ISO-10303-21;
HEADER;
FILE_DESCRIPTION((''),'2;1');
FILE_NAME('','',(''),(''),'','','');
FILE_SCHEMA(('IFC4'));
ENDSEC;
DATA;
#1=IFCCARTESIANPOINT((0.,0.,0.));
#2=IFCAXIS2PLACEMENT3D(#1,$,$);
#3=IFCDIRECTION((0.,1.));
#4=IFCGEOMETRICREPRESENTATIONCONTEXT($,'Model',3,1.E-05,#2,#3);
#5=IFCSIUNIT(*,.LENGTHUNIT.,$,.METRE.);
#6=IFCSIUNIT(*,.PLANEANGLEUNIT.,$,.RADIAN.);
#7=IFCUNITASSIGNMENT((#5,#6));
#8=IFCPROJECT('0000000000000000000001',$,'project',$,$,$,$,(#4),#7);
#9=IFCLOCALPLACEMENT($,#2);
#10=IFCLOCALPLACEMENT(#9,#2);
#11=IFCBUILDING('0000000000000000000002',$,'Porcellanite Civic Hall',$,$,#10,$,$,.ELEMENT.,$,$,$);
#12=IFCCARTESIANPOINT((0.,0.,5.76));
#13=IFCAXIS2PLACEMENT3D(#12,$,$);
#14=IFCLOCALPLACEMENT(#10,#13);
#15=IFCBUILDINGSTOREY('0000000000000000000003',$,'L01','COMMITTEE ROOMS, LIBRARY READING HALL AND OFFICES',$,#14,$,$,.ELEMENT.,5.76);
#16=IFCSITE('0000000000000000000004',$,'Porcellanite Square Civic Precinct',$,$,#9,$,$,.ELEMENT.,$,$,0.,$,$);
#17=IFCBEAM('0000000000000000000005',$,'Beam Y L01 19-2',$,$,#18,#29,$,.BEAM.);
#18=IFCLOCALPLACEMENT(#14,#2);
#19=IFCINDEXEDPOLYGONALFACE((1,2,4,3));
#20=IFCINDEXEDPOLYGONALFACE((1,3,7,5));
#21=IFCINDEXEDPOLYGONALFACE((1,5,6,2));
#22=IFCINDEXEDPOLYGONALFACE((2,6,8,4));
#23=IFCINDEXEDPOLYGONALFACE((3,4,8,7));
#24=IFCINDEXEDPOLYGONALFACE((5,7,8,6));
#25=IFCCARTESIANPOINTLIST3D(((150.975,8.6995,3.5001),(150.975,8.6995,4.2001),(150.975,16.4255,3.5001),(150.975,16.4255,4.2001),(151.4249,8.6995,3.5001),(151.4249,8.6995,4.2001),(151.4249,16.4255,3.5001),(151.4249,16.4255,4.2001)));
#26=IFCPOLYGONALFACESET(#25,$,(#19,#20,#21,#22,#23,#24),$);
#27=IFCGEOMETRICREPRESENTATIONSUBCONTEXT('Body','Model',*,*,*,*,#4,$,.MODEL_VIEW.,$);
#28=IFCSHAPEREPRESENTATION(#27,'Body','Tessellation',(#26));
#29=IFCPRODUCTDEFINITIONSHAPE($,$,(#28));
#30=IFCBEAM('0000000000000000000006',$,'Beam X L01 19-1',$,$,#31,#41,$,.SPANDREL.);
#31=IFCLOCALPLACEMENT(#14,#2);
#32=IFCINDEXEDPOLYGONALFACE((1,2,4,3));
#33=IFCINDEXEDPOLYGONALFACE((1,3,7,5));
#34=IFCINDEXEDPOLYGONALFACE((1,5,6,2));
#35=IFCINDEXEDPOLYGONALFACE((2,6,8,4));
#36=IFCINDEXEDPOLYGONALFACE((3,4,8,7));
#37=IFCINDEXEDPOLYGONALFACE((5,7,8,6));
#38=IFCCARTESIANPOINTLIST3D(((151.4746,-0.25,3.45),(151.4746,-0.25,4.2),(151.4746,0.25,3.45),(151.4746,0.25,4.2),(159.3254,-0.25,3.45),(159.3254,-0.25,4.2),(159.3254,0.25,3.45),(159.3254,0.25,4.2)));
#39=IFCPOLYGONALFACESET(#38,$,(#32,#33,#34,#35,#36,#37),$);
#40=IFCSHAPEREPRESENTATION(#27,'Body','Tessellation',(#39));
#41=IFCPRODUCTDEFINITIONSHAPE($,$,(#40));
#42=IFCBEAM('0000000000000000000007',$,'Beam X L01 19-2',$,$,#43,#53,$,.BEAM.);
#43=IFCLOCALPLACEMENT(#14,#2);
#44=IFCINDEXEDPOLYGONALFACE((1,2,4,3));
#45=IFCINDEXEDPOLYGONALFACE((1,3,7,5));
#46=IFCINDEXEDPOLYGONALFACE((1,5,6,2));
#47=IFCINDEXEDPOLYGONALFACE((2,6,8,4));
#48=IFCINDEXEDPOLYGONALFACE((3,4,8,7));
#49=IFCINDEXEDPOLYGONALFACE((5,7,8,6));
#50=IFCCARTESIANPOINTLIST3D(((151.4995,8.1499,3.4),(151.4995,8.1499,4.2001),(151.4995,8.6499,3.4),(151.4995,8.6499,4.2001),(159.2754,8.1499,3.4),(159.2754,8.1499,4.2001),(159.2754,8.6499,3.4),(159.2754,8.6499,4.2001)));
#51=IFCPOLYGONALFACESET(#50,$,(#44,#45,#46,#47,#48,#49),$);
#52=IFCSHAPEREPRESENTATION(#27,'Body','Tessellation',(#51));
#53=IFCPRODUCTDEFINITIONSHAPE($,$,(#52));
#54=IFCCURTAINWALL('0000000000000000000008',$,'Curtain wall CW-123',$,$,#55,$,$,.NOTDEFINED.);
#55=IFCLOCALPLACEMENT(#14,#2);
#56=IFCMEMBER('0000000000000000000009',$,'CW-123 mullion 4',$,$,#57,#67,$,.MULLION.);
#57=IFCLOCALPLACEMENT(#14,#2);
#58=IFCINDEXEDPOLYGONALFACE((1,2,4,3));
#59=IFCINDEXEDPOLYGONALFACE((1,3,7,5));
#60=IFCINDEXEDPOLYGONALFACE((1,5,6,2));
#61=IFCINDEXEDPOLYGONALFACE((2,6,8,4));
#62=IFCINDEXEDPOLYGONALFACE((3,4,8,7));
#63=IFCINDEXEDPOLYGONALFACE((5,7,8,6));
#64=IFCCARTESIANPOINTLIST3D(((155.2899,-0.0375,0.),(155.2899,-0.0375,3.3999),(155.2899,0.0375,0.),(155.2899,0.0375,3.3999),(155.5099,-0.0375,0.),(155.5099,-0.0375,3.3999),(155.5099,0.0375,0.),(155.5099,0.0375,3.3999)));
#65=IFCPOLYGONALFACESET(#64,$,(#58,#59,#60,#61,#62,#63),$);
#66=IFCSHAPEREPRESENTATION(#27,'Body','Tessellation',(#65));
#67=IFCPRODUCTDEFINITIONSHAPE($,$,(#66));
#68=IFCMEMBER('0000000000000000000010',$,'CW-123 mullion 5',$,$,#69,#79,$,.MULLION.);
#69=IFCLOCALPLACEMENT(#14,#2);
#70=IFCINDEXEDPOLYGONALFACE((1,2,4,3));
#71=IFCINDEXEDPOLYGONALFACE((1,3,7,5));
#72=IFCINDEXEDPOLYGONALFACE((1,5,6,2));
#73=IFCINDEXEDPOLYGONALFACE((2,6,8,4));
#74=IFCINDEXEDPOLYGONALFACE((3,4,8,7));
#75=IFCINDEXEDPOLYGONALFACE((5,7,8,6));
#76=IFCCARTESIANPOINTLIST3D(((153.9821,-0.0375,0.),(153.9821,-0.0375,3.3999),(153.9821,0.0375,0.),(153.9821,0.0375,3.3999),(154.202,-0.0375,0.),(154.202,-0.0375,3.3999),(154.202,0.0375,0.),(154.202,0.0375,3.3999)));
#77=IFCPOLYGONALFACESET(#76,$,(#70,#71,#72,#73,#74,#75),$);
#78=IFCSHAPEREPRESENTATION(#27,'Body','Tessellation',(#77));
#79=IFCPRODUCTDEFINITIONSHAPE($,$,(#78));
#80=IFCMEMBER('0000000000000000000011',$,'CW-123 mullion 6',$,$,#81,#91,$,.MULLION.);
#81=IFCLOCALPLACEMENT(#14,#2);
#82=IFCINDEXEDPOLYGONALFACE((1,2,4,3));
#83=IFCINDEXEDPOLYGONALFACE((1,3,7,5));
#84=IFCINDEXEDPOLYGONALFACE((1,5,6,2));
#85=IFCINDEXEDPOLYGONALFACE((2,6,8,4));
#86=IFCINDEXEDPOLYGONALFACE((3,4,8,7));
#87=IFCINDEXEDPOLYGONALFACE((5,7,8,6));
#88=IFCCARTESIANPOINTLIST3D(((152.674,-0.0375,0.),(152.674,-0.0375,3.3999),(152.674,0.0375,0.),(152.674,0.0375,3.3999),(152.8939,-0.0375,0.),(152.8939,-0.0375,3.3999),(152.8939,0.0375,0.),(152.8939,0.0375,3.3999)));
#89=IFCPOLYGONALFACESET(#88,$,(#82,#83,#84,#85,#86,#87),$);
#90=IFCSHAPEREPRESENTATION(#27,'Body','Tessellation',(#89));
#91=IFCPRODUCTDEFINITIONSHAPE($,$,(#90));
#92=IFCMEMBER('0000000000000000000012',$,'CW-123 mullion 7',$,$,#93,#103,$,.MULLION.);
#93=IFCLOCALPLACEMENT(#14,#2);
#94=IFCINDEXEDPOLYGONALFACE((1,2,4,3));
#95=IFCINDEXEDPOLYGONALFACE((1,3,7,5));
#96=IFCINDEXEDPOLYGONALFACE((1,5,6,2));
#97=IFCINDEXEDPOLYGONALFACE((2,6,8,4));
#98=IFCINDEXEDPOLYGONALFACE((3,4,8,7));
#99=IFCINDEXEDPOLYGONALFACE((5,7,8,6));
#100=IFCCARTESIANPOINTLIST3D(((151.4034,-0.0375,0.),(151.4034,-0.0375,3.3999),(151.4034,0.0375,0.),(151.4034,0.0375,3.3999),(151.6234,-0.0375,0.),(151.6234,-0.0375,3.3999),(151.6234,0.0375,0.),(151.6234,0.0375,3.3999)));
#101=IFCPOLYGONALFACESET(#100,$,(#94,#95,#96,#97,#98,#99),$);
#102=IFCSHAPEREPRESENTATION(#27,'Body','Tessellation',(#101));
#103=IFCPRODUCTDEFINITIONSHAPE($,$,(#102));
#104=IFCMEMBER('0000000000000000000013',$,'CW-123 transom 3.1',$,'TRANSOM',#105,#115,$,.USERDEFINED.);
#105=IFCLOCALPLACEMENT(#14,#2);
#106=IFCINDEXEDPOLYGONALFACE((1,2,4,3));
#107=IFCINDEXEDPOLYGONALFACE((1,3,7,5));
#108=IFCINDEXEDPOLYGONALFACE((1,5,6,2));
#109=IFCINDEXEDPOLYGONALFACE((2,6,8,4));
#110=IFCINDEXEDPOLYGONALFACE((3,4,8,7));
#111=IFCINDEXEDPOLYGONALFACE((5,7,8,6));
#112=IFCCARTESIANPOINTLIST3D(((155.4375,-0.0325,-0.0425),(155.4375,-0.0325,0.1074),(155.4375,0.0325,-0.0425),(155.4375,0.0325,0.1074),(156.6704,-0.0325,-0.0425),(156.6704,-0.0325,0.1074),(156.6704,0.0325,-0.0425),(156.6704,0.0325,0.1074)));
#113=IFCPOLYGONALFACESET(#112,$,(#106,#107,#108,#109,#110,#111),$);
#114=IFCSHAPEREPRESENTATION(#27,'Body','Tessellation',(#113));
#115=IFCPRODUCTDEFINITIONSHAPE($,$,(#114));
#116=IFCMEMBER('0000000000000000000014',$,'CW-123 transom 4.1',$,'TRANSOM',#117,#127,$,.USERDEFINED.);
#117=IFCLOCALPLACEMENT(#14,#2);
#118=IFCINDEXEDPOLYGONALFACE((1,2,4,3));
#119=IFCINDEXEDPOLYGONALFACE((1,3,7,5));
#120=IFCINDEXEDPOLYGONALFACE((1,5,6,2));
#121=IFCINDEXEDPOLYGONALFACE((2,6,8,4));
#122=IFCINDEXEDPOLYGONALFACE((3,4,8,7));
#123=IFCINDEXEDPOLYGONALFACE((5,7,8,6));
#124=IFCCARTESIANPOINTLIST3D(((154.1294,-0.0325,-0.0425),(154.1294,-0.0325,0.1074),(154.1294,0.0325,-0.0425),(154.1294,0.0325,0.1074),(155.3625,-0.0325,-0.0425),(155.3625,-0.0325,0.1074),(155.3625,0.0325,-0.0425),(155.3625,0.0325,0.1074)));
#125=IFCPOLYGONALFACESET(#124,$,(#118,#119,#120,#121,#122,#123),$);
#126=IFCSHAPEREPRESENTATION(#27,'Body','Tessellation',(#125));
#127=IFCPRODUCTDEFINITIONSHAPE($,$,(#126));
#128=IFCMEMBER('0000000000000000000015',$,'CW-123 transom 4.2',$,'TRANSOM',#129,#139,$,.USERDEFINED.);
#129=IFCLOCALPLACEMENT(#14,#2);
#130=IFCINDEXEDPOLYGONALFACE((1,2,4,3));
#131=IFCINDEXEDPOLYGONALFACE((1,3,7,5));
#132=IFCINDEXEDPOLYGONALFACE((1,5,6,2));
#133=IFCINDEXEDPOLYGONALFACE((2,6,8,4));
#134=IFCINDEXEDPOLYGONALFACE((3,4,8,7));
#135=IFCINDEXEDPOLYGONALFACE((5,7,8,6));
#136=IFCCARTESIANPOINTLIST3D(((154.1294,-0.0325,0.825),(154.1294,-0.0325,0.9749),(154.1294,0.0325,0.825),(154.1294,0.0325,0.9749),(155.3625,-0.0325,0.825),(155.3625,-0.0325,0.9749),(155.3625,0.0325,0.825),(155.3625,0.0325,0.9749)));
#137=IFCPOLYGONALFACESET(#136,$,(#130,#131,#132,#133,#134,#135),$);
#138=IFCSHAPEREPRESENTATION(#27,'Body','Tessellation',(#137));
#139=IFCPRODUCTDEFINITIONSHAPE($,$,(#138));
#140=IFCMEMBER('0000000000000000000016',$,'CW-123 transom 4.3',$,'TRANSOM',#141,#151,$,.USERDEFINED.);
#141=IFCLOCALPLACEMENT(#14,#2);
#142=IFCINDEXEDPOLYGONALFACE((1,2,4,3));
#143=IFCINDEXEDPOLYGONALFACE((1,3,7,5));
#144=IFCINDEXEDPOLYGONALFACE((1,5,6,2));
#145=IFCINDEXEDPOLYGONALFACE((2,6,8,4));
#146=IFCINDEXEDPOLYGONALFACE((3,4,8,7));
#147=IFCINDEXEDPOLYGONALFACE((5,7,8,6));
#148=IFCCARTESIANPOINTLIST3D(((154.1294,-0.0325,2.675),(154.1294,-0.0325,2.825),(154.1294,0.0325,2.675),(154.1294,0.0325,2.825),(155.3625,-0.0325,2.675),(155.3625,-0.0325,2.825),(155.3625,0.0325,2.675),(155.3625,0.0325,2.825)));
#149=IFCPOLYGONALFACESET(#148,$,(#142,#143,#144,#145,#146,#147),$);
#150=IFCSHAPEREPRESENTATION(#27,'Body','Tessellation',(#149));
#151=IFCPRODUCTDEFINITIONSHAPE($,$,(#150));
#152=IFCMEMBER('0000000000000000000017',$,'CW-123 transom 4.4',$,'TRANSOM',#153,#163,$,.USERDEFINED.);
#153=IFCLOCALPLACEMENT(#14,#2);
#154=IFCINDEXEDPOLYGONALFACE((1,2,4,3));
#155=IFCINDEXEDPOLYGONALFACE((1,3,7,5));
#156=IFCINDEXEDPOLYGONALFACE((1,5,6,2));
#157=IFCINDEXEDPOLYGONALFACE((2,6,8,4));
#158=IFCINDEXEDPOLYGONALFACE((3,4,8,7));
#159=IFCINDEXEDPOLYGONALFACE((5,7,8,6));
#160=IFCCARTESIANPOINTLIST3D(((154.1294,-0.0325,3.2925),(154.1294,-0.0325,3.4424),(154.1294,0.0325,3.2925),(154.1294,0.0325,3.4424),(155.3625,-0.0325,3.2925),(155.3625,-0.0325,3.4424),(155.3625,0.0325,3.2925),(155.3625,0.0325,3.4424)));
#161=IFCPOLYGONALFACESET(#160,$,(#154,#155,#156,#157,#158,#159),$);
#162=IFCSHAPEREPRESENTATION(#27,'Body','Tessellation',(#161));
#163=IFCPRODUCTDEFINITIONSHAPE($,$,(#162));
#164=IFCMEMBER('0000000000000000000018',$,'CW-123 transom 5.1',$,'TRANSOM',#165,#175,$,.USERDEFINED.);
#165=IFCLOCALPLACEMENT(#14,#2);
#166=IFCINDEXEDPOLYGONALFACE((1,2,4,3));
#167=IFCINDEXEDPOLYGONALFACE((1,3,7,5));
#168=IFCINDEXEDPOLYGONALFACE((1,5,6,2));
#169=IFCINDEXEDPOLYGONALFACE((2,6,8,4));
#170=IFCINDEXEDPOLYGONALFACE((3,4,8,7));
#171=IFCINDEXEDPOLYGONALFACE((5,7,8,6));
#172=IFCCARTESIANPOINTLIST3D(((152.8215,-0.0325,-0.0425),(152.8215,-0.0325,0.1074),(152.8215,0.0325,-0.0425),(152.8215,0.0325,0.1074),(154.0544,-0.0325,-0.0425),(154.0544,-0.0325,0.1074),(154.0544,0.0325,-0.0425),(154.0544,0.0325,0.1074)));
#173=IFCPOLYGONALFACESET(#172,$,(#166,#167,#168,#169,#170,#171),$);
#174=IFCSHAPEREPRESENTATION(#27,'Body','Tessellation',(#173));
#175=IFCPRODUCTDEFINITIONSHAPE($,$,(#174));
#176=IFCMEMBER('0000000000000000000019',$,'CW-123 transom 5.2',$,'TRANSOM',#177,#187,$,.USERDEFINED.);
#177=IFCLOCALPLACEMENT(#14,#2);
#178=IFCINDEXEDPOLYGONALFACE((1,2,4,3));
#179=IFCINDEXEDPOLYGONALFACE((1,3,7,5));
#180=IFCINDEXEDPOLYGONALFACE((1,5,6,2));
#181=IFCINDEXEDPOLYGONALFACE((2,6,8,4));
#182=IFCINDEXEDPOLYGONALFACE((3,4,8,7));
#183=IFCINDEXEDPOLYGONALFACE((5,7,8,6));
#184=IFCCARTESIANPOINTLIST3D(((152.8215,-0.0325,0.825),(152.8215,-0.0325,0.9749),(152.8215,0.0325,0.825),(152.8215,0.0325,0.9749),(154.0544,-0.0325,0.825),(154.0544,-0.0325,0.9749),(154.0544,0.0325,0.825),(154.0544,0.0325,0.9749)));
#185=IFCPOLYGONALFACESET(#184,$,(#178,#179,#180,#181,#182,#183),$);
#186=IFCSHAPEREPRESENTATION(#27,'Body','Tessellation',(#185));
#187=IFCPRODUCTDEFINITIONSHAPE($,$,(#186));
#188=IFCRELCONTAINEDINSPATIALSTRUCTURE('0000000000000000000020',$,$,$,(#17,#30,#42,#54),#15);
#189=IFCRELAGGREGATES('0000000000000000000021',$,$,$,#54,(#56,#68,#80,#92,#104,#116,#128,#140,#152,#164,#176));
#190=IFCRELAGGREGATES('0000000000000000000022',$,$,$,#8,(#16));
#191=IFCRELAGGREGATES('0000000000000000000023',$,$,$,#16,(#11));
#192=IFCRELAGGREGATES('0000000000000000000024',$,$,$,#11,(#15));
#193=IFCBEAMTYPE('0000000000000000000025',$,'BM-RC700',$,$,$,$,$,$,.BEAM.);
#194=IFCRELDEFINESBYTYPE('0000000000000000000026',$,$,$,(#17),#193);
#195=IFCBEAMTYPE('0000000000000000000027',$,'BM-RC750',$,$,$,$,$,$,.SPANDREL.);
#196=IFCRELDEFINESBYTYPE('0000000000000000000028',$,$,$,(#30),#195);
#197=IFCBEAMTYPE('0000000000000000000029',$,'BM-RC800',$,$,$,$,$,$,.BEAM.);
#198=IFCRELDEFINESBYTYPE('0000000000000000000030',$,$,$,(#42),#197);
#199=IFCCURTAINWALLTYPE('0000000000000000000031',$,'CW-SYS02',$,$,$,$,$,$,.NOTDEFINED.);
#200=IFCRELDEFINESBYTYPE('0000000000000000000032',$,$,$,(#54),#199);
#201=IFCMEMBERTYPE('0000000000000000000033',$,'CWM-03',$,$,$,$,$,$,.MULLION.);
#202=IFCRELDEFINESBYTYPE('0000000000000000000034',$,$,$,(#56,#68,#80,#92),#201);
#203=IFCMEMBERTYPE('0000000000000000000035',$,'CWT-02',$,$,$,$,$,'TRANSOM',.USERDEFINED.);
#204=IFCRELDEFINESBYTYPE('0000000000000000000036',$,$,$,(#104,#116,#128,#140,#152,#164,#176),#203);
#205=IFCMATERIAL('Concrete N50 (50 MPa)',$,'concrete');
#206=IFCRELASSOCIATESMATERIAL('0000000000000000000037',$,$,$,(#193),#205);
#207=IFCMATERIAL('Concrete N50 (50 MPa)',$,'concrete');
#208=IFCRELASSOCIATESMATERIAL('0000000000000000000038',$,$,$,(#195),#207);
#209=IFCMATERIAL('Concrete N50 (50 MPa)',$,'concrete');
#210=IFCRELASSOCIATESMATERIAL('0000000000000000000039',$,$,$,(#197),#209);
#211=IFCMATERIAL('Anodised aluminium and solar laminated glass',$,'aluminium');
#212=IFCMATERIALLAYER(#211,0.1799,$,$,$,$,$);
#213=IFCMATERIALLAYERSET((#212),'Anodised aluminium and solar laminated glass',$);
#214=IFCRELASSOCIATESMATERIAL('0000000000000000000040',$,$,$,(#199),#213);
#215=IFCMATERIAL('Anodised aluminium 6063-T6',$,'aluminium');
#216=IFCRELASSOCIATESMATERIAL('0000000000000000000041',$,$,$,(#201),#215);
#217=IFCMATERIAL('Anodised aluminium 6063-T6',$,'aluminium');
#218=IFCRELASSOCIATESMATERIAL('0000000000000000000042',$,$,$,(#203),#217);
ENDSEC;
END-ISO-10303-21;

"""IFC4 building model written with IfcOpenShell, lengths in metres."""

from ifc_helpers import new_model, si_unit, direction, frame, origin, origin_2d, place, context, subcontext, project, spatial, rectangle, extrude, material, layer, layer_set, material_profile, profile_set, type_object, element, aggregate, save


model = new_model("IFC4")

# Units and contexts
model_context = context("Model", 3, precision=1e-05, world=origin(), true_north=direction((0.0, 1.0)))
body_context = subcontext(model_context, "Body", "Model", "MODEL_VIEW")
ifc_project = project(units=[si_unit("LENGTHUNIT", "METRE"), si_unit("PLANEANGLEUNIT", "RADIAN")], contexts=[model_context])

# Site, building, storey
site_placement = place(None, origin())
site = spatial("IfcSite", under=ifc_project, at=site_placement, Name="Porcellanite Square Civic Precinct", CompositionType="ELEMENT", RefElevation=0.0)
building_placement = place(site_placement, origin())
building = spatial("IfcBuilding", under=site, at=building_placement, Name="Porcellanite Civic Hall", CompositionType="ELEMENT")
storey_placement = place(building_placement, frame((0.0, 0.0, 5.76)))
storey = spatial("IfcBuildingStorey", under=building, at=storey_placement, Name="L01", Description="COMMITTEE ROOMS, LIBRARY READING HALL AND OFFICES", CompositionType="ELEMENT", Elevation=5.76)

# Beams
ifc_material_1 = material(Name="Concrete N50 (50 MPa)", Category="concrete")
ifc_material_profile_1 = material_profile(ifc_material_1, rectangle(XDim=0.45, YDim=0.7, at=origin_2d()), Name="RC-450x700")
ifc_profile_set_1 = profile_set([ifc_material_profile_1], Name="Concrete N50 (50 MPa)")
beam_type_1 = type_object("IfcBeamType", Name="BM-RC700", PredefinedType="BEAM", material=ifc_profile_set_1)
beam_1_placement = place(storey_placement, frame((151.2, 8.6995, 3.8501), z_axis=(0.0, 1.0, 0.0), x_axis=(-1.0, 0.0, 0.0)))
element("IfcBeam", 1, at=beam_1_placement, inside=storey, type_object=beam_type_1, Name="Beam Y L01 19-2", PredefinedType="BEAM", context=body_context, shape_type="SweptSolid", body=[
    extrude(rectangle(XDim=0.45, YDim=0.7, at=origin_2d()), origin(), (0.0, 0.0, 1.0), 7.7261),
])
ifc_material_2 = material(Name="Concrete N50 (50 MPa)", Category="concrete")
ifc_material_profile_2 = material_profile(ifc_material_2, rectangle(XDim=0.5, YDim=0.75, at=origin_2d()), Name="RC-500x750")
ifc_profile_set_2 = profile_set([ifc_material_profile_2], Name="Concrete N50 (50 MPa)")
beam_type_2 = type_object("IfcBeamType", Name="BM-RC750", PredefinedType="SPANDREL", material=ifc_profile_set_2)
beam_2_placement = place(storey_placement, frame((151.4746, 0.0, 3.825), z_axis=(1.0, 0.0, 0.0), x_axis=(0.0, 1.0, 0.0)))
element("IfcBeam", 2, at=beam_2_placement, inside=storey, type_object=beam_type_2, Name="Beam X L01 19-1", PredefinedType="SPANDREL", context=body_context, shape_type="SweptSolid", body=[
    extrude(rectangle(XDim=0.5, YDim=0.75, at=origin_2d()), origin(), (0.0, 0.0, 1.0), 7.8508),
])
ifc_material_3 = material(Name="Concrete N50 (50 MPa)", Category="concrete")
ifc_material_profile_3 = material_profile(ifc_material_3, rectangle(XDim=0.5, YDim=0.8, at=origin_2d()), Name="RC-500x800")
ifc_profile_set_3 = profile_set([ifc_material_profile_3], Name="Concrete N50 (50 MPa)")
beam_type_3 = type_object("IfcBeamType", Name="BM-RC800", PredefinedType="BEAM", material=ifc_profile_set_3)
beam_3_placement = place(storey_placement, frame((151.4995, 8.3999, 3.8), z_axis=(1.0, 0.0, 0.0), x_axis=(0.0, 1.0, 0.0)))
element("IfcBeam", 3, at=beam_3_placement, inside=storey, type_object=beam_type_3, Name="Beam X L01 19-2", PredefinedType="BEAM", context=body_context, shape_type="SweptSolid", body=[
    extrude(rectangle(XDim=0.5, YDim=0.8, at=origin_2d()), origin(), (0.0, 0.0, 1.0), 7.7759),
])

# Curtain wall, members
ifc_material_4 = material(Name="Anodised aluminium and solar laminated glass", Category="aluminium")
ifc_layer_1 = layer(ifc_material_4, 0.1799)
ifc_layer_set_1 = layer_set([ifc_layer_1], Name="Anodised aluminium and solar laminated glass")
curtain_wall_type = type_object("IfcCurtainWallType", Name="CW-SYS02", PredefinedType="NOTDEFINED", material=ifc_layer_set_1)
curtain_wall_placement = place(storey_placement, origin())
curtain_wall = element("IfcCurtainWall", 4, at=curtain_wall_placement, inside=storey, type_object=curtain_wall_type, Name="Curtain wall CW-123", PredefinedType="NOTDEFINED")
ifc_material_5 = material(Name="Anodised aluminium 6063-T6", Category="aluminium")
ifc_material_profile_4 = material_profile(ifc_material_5, rectangle(XDim=0.075, YDim=0.22, at=origin_2d()), Name="AL-75x220")
ifc_profile_set_4 = profile_set([ifc_material_profile_4], Name="Anodised aluminium 6063-T6")
member_type_1 = type_object("IfcMemberType", Name="CWM-03", PredefinedType="MULLION", material=ifc_profile_set_4)
member_1_placement = place(storey_placement, frame((155.3999, 0.0, 0.0), z_axis=(0.0, 0.0, 1.0), x_axis=(0.0, -1.0, 0.0)))
member_1 = element("IfcMember", 5, at=member_1_placement, type_object=member_type_1, Name="CW-123 mullion 4", PredefinedType="MULLION", context=body_context, shape_type="SweptSolid", body=[
    extrude(rectangle(XDim=0.075, YDim=0.22, at=origin_2d()), origin(), (0.0, 0.0, 1.0), 3.3999),
])
member_2_placement = place(storey_placement, frame((154.092, 0.0, 0.0), z_axis=(0.0, 0.0, 1.0), x_axis=(0.0, -1.0, 0.0)))
member_2 = element("IfcMember", 6, at=member_2_placement, type_object=member_type_1, Name="CW-123 mullion 5", PredefinedType="MULLION", context=body_context, shape_type="SweptSolid", body=[
    extrude(rectangle(XDim=0.075, YDim=0.22, at=origin_2d()), origin(), (0.0, 0.0, 1.0), 3.3999),
])
member_3_placement = place(storey_placement, frame((152.7839, 0.0, 0.0), z_axis=(0.0, 0.0, 1.0), x_axis=(0.0, -1.0, 0.0)))
member_3 = element("IfcMember", 7, at=member_3_placement, type_object=member_type_1, Name="CW-123 mullion 6", PredefinedType="MULLION", context=body_context, shape_type="SweptSolid", body=[
    extrude(rectangle(XDim=0.075, YDim=0.22, at=origin_2d()), origin(), (0.0, 0.0, 1.0), 3.3999),
])
member_4_placement = place(storey_placement, frame((151.5134, 0.0, 0.0), z_axis=(0.0, 0.0, 1.0), x_axis=(0.0, -1.0, 0.0)))
member_4 = element("IfcMember", 8, at=member_4_placement, type_object=member_type_1, Name="CW-123 mullion 7", PredefinedType="MULLION", context=body_context, shape_type="SweptSolid", body=[
    extrude(rectangle(XDim=0.075, YDim=0.22, at=origin_2d()), origin(), (0.0, 0.0, 1.0), 3.3999),
])
ifc_material_6 = material(Name="Anodised aluminium 6063-T6", Category="aluminium")
ifc_material_profile_5 = material_profile(ifc_material_6, rectangle(XDim=0.0649, YDim=0.1499, at=origin_2d()), Name="AL-65x150")
ifc_profile_set_5 = profile_set([ifc_material_profile_5], Name="Anodised aluminium 6063-T6")
member_type_2 = type_object("IfcMemberType", Name="CWT-02", ElementType="TRANSOM", PredefinedType="USERDEFINED", material=ifc_profile_set_5)
member_5_placement = place(storey_placement, frame((156.6704, 0.0, 0.0325), z_axis=(-1.0, 0.0, 0.0), x_axis=(0.0, -1.0, 0.0)))
member_5 = element("IfcMember", 9, at=member_5_placement, type_object=member_type_2, Name="CW-123 transom 3.1", ObjectType="TRANSOM", PredefinedType="USERDEFINED", context=body_context, shape_type="SweptSolid", body=[
    extrude(rectangle(XDim=0.0649, YDim=0.1499, at=origin_2d()), origin(), (0.0, 0.0, 1.0), 1.2329),
])
member_6_placement = place(storey_placement, frame((155.3625, 0.0, 0.0325), z_axis=(-1.0, 0.0, 0.0), x_axis=(0.0, -1.0, 0.0)))
member_6 = element("IfcMember", 10, at=member_6_placement, type_object=member_type_2, Name="CW-123 transom 4.1", ObjectType="TRANSOM", PredefinedType="USERDEFINED", context=body_context, shape_type="SweptSolid", body=[
    extrude(rectangle(XDim=0.0649, YDim=0.1499, at=origin_2d()), origin(), (0.0, 0.0, 1.0), 1.2332),
])
member_7_placement = place(storey_placement, frame((155.3625, 0.0, 0.8999), z_axis=(-1.0, 0.0, 0.0), x_axis=(0.0, -1.0, 0.0)))
member_7 = element("IfcMember", 11, at=member_7_placement, type_object=member_type_2, Name="CW-123 transom 4.2", ObjectType="TRANSOM", PredefinedType="USERDEFINED", context=body_context, shape_type="SweptSolid", body=[
    extrude(rectangle(XDim=0.0649, YDim=0.1499, at=origin_2d()), origin(), (0.0, 0.0, 1.0), 1.2332),
])
member_8_placement = place(storey_placement, frame((155.3625, 0.0, 2.75), z_axis=(-1.0, 0.0, 0.0), x_axis=(0.0, -1.0, 0.0)))
member_8 = element("IfcMember", 12, at=member_8_placement, type_object=member_type_2, Name="CW-123 transom 4.3", ObjectType="TRANSOM", PredefinedType="USERDEFINED", context=body_context, shape_type="SweptSolid", body=[
    extrude(rectangle(XDim=0.0649, YDim=0.1499, at=origin_2d()), origin(), (0.0, 0.0, 1.0), 1.2332),
])
member_9_placement = place(storey_placement, frame((155.3625, 0.0, 3.3674), z_axis=(-1.0, 0.0, 0.0), x_axis=(0.0, -1.0, 0.0)))
member_9 = element("IfcMember", 13, at=member_9_placement, type_object=member_type_2, Name="CW-123 transom 4.4", ObjectType="TRANSOM", PredefinedType="USERDEFINED", context=body_context, shape_type="SweptSolid", body=[
    extrude(rectangle(XDim=0.0649, YDim=0.1499, at=origin_2d()), origin(), (0.0, 0.0, 1.0), 1.2332),
])
member_10_placement = place(storey_placement, frame((154.0544, 0.0, 0.0325), z_axis=(-1.0, 0.0, 0.0), x_axis=(0.0, -1.0, 0.0)))
member_10 = element("IfcMember", 14, at=member_10_placement, type_object=member_type_2, Name="CW-123 transom 5.1", ObjectType="TRANSOM", PredefinedType="USERDEFINED", context=body_context, shape_type="SweptSolid", body=[
    extrude(rectangle(XDim=0.0649, YDim=0.1499, at=origin_2d()), origin(), (0.0, 0.0, 1.0), 1.2329),
])
member_11_placement = place(storey_placement, frame((154.0544, 0.0, 0.8999), z_axis=(-1.0, 0.0, 0.0), x_axis=(0.0, -1.0, 0.0)))
member_11 = element("IfcMember", 15, at=member_11_placement, type_object=member_type_2, Name="CW-123 transom 5.2", ObjectType="TRANSOM", PredefinedType="USERDEFINED", context=body_context, shape_type="SweptSolid", body=[
    extrude(rectangle(XDim=0.0649, YDim=0.1499, at=origin_2d()), origin(), (0.0, 0.0, 1.0), 1.2329),
])

aggregate(curtain_wall, [member_1, member_2, member_3, member_4, member_5, member_6, member_7, member_8, member_9, member_10, member_11])

save(model, "model.ifc")
